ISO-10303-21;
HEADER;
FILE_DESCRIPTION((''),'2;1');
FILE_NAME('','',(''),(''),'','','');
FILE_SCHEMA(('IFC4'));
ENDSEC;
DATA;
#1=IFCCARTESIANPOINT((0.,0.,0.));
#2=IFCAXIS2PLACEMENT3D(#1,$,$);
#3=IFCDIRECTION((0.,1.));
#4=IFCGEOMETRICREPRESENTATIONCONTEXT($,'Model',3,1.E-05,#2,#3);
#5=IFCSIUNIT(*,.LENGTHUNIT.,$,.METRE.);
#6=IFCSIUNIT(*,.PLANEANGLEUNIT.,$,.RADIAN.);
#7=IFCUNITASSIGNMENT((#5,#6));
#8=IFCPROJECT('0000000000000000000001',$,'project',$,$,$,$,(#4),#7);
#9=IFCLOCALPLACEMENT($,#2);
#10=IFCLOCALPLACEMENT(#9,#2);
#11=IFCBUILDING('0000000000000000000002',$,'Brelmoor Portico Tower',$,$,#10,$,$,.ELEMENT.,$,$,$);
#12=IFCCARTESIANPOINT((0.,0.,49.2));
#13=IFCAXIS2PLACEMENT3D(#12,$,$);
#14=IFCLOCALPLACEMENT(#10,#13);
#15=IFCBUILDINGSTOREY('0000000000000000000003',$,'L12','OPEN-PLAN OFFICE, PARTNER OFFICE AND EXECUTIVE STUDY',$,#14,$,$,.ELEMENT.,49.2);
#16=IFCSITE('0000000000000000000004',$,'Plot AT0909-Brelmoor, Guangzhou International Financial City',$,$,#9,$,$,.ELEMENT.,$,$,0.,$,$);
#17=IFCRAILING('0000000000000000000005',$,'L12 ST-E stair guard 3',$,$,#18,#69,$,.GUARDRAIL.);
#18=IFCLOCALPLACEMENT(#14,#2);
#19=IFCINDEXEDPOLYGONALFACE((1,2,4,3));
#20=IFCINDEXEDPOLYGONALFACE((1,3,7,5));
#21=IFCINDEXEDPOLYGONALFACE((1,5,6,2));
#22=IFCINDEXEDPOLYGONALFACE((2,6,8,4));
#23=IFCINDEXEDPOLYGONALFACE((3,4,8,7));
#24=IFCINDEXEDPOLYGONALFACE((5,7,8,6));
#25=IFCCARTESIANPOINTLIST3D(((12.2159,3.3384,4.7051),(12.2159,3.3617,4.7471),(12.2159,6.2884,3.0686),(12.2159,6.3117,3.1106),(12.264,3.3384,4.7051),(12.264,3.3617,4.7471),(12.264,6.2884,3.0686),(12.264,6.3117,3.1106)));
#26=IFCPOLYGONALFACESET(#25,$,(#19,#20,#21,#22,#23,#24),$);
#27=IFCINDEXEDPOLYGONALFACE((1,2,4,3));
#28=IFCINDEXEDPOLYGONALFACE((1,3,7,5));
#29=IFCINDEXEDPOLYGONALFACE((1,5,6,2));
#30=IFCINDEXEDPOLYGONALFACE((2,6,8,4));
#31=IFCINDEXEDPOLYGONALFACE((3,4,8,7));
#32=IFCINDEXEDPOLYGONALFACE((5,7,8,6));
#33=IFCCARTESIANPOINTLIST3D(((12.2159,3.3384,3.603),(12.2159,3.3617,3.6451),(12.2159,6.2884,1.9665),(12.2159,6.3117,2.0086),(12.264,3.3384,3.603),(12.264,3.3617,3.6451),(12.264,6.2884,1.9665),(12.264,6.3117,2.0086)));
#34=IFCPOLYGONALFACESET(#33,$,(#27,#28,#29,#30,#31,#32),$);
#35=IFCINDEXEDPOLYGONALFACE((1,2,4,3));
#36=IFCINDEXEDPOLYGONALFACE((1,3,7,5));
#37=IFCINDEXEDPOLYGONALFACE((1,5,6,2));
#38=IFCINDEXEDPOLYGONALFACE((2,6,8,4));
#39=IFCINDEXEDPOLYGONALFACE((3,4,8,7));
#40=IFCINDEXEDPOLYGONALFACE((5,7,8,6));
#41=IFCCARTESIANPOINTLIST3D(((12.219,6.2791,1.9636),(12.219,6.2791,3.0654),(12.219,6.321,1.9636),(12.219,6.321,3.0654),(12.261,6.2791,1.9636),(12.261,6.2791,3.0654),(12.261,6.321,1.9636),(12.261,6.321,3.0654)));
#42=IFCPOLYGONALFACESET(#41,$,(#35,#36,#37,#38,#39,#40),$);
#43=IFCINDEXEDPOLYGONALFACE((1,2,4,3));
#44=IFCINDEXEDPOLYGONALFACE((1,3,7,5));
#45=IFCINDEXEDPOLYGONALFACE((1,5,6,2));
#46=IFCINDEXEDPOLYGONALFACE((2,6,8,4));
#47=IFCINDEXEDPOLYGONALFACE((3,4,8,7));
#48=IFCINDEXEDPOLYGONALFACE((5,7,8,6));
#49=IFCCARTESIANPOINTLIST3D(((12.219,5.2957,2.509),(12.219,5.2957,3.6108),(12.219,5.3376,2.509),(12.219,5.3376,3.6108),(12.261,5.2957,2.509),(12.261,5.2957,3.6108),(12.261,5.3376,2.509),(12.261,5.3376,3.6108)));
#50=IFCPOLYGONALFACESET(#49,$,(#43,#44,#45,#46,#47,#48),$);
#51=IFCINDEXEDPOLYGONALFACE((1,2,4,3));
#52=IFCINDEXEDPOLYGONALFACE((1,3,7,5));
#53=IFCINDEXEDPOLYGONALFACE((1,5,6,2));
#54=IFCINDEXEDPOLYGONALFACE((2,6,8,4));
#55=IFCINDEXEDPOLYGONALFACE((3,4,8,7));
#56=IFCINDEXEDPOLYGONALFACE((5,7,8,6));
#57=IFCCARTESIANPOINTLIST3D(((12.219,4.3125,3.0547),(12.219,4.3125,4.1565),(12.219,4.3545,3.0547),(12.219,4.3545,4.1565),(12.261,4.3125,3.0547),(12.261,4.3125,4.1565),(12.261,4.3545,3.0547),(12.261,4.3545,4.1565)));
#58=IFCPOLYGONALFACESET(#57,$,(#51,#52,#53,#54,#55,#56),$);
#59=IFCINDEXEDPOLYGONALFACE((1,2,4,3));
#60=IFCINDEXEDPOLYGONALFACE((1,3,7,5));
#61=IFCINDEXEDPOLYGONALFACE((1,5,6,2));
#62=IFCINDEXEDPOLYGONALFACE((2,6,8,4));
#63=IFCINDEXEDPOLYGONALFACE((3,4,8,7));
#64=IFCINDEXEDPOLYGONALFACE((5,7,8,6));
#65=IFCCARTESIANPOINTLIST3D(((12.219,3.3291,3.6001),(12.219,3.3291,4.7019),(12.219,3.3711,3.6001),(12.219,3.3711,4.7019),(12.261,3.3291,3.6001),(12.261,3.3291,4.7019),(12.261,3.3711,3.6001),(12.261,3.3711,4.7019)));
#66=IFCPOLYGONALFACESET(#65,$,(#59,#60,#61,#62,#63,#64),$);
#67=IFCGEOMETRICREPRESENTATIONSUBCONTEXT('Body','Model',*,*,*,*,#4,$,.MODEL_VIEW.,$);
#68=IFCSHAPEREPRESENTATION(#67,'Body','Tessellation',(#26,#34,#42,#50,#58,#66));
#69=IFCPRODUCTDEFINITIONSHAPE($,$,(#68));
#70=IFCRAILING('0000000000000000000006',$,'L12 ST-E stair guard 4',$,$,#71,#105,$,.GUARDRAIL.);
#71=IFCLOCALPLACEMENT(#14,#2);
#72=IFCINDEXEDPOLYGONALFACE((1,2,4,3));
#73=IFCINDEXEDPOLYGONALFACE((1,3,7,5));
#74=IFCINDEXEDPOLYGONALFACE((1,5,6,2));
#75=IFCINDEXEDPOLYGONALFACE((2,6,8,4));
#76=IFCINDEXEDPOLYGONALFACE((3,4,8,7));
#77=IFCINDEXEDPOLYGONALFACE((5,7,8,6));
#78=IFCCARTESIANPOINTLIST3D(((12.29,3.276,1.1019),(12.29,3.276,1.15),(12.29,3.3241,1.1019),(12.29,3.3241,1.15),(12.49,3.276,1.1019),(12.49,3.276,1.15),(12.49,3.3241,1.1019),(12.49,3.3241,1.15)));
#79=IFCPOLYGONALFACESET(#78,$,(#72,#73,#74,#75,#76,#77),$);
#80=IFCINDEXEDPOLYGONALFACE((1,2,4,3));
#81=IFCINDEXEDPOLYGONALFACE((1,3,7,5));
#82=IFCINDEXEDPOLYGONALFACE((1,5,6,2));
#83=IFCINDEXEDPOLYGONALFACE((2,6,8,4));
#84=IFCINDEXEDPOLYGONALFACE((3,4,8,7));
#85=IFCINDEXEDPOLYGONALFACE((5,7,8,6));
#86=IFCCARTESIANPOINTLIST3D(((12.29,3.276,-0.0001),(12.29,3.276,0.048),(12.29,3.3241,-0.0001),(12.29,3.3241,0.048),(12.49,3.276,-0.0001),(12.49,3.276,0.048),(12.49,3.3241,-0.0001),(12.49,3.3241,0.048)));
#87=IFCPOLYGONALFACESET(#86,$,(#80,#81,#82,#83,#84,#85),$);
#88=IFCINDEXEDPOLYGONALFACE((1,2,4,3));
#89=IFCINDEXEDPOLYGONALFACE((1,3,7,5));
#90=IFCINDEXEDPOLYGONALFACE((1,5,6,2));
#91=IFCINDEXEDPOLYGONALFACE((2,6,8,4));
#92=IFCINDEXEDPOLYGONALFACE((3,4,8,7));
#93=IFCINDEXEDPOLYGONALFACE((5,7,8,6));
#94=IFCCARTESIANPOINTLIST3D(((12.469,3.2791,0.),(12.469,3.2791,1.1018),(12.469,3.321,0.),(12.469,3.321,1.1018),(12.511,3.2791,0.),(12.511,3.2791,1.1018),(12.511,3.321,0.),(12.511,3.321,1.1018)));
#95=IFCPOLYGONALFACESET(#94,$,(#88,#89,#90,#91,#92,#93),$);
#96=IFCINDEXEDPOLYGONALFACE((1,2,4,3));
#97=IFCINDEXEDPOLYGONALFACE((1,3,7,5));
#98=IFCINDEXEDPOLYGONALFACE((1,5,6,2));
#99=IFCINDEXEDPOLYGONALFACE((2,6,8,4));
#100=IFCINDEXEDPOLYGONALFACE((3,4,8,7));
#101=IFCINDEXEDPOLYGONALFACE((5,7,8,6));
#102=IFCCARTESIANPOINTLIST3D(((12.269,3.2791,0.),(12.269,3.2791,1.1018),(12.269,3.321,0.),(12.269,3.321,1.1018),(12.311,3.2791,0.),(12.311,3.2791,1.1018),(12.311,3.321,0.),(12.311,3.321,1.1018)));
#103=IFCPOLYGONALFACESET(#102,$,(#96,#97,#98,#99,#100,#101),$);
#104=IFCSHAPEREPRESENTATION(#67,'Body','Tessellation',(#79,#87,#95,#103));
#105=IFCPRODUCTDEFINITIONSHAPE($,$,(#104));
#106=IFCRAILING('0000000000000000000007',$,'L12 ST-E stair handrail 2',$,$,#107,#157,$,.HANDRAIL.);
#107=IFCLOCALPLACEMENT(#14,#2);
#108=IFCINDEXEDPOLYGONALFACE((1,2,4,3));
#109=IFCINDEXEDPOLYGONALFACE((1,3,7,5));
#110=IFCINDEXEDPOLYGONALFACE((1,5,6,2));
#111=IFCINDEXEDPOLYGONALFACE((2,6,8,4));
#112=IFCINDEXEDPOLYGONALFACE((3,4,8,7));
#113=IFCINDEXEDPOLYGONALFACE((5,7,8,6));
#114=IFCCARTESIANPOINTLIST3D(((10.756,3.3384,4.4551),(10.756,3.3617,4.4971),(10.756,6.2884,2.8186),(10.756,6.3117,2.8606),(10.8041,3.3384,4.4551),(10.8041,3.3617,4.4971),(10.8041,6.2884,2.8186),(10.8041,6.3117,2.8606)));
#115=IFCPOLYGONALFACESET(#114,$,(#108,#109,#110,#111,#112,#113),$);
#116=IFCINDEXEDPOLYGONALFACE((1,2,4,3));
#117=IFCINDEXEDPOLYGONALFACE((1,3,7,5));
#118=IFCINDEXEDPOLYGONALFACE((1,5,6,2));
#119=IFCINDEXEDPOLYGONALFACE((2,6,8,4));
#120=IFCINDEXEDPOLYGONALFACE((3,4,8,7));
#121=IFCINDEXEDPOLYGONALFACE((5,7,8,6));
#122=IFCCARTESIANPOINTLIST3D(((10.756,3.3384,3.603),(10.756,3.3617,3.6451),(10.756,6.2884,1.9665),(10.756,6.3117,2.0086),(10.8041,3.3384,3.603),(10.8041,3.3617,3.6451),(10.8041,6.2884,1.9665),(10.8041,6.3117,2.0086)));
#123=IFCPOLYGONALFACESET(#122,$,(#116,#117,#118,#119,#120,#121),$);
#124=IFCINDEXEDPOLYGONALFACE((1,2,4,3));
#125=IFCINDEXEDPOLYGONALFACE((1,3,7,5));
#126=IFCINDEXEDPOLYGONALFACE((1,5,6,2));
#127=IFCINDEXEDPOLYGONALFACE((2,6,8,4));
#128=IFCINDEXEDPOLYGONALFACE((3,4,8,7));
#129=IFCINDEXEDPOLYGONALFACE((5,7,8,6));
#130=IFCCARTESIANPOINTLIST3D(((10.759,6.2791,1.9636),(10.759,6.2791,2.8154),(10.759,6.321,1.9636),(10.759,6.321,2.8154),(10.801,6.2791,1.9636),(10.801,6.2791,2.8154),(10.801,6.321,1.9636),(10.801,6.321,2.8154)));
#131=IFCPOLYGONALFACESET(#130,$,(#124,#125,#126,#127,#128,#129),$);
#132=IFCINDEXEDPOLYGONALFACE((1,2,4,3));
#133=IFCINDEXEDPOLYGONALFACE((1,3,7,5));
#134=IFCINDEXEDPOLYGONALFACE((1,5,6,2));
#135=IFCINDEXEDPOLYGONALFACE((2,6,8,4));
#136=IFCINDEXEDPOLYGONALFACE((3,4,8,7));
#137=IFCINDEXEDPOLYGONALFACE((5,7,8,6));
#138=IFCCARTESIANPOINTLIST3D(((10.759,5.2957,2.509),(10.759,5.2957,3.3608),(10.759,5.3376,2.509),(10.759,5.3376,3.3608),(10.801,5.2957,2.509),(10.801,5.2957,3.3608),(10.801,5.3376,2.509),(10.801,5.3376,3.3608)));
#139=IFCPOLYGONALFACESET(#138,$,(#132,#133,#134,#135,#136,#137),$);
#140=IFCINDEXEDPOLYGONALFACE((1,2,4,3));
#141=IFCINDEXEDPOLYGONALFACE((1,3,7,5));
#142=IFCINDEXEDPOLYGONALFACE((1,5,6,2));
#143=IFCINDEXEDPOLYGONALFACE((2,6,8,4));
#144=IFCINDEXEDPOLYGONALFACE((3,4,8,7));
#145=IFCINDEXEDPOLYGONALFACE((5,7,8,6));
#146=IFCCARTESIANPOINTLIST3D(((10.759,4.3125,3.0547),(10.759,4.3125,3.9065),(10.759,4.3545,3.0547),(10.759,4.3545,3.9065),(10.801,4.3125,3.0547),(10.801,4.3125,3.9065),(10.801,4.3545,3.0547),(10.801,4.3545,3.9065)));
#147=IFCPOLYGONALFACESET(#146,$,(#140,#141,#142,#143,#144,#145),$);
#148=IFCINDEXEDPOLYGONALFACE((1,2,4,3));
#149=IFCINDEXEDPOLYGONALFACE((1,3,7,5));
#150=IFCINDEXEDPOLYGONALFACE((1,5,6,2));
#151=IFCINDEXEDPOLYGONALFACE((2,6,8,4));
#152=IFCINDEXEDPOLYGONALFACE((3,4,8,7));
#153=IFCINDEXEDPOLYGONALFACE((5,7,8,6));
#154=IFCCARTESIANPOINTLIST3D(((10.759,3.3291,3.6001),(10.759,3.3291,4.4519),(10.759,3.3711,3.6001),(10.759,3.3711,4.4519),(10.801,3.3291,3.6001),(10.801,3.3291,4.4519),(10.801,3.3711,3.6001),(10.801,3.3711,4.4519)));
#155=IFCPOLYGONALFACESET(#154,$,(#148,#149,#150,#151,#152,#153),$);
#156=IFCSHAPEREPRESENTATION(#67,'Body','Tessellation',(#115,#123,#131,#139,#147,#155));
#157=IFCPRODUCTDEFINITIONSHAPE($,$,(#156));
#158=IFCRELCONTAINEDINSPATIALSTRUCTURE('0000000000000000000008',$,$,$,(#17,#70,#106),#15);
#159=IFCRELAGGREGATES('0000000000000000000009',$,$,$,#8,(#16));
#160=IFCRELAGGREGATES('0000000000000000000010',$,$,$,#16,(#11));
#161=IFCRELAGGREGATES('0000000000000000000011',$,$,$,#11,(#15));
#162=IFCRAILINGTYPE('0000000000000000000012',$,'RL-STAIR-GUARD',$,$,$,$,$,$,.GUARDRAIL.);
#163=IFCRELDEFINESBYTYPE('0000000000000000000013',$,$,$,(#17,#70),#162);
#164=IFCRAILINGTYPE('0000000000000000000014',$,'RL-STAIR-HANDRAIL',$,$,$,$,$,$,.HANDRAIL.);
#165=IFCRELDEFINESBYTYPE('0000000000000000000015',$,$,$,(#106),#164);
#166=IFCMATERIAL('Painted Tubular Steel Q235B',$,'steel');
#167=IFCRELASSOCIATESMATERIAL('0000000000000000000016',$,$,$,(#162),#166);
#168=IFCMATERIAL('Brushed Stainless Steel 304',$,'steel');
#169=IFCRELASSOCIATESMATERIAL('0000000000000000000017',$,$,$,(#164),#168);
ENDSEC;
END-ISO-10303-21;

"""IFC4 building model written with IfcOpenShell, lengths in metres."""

from ifc_helpers import new_model, si_unit, direction, frame, origin, origin_2d, place, context, subcontext, project, spatial, rectangle, extrude, material, type_object, element, save


model = new_model("IFC4")

# Units and contexts
model_context = context("Model", 3, precision=1e-05, world=origin(), true_north=direction((0.0, 1.0)))
body_context = subcontext(model_context, "Body", "Model", "MODEL_VIEW")
ifc_project = project(units=[si_unit("LENGTHUNIT", "METRE"), si_unit("PLANEANGLEUNIT", "RADIAN")], contexts=[model_context])

# Site, building, storey
site_placement = place(None, origin())
site = spatial("IfcSite", under=ifc_project, at=site_placement, Name="Plot AT0909-Brelmoor, Guangzhou International Financial City", CompositionType="ELEMENT", RefElevation=0.0)
building_placement = place(site_placement, origin())
building = spatial("IfcBuilding", under=site, at=building_placement, Name="Brelmoor Portico Tower", CompositionType="ELEMENT")
storey_placement = place(building_placement, frame((0.0, 0.0, 49.2)))
storey = spatial("IfcBuildingStorey", under=building, at=storey_placement, Name="L12", Description="OPEN-PLAN OFFICE, PARTNER OFFICE AND EXECUTIVE STUDY", CompositionType="ELEMENT", Elevation=49.2)

# Railings
ifc_material_1 = material(Name="Painted Tubular Steel Q235B", Category="steel")
railing_type_1 = type_object("IfcRailingType", Name="RL-STAIR-GUARD", PredefinedType="GUARDRAIL", material=ifc_material_1)
railing_1_placement = place(storey_placement, frame((12.24, 6.3, 1.9636)))
element("IfcRailing", 1, at=railing_1_placement, inside=storey, type_object=railing_type_1, Name="L12 ST-E stair guard 3", PredefinedType="GUARDRAIL", context=body_context, shape_type="SweptSolid", body=[
    extrude(rectangle(XDim=0.0481, YDim=0.0481, at=origin_2d()), frame((0.0, 0.0, 1.126), z_axis=(0.0, -0.874458, 0.485102), x_axis=(1.0, 0.0, 0.0)), (0.0, 0.0, 1.0), 3.3735),
    extrude(rectangle(XDim=0.0481, YDim=0.0481, at=origin_2d()), frame((0.0, 0.0, 0.0239), z_axis=(0.0, -0.874458, 0.485102), x_axis=(1.0, 0.0, 0.0)), (0.0, 0.0, 1.0), 3.3735),
    extrude(rectangle(XDim=0.042, YDim=0.042, at=origin_2d()), origin(), (0.0, 0.0, 1.0), 1.1018),
    extrude(rectangle(XDim=0.042, YDim=0.042, at=origin_2d()), frame((0.0, -0.9834, 0.5454)), (0.0, 0.0, 1.0), 1.1018),
    extrude(rectangle(XDim=0.042, YDim=0.042, at=origin_2d()), frame((0.0, -1.9666, 1.0911)), (0.0, 0.0, 1.0), 1.1018),
    extrude(rectangle(XDim=0.042, YDim=0.042, at=origin_2d()), frame((0.0, -2.95, 1.6365)), (0.0, 0.0, 1.0), 1.1018),
])
railing_2_placement = place(storey_placement, frame((12.49, 3.3, 0.0)))
element("IfcRailing", 2, at=railing_2_placement, inside=storey, type_object=railing_type_1, Name="L12 ST-E stair guard 4", PredefinedType="GUARDRAIL", context=body_context, shape_type="SweptSolid", body=[
    extrude(rectangle(XDim=0.0481, YDim=0.0481, at=origin_2d()), frame((0.0, 0.0, 1.126), z_axis=(-1.0, 0.0, 0.0), x_axis=(0.0, -1.0, 0.0)), (0.0, 0.0, 1.0), 0.2),
    extrude(rectangle(XDim=0.0481, YDim=0.0481, at=origin_2d()), frame((0.0, 0.0, 0.0239), z_axis=(-1.0, 0.0, 0.0), x_axis=(0.0, -1.0, 0.0)), (0.0, 0.0, 1.0), 0.2),
    extrude(rectangle(XDim=0.042, YDim=0.042, at=origin_2d()), origin(), (0.0, 0.0, 1.0), 1.1018),
    extrude(rectangle(XDim=0.042, YDim=0.042, at=origin_2d()), frame((-0.2, 0.0, 0.0)), (0.0, 0.0, 1.0), 1.1018),
])
ifc_material_2 = material(Name="Brushed Stainless Steel 304", Category="steel")
railing_type_2 = type_object("IfcRailingType", Name="RL-STAIR-HANDRAIL", PredefinedType="HANDRAIL", material=ifc_material_2)
railing_3_placement = place(storey_placement, frame((10.78, 6.3, 1.9636)))
element("IfcRailing", 3, at=railing_3_placement, inside=storey, type_object=railing_type_2, Name="L12 ST-E stair handrail 2", PredefinedType="HANDRAIL", context=body_context, shape_type="SweptSolid", body=[
    extrude(rectangle(XDim=0.0481, YDim=0.0481, at=origin_2d()), frame((0.0, 0.0, 0.876), z_axis=(0.0, -0.874458, 0.485102), x_axis=(1.0, 0.0, 0.0)), (0.0, 0.0, 1.0), 3.3735),
    extrude(rectangle(XDim=0.0481, YDim=0.0481, at=origin_2d()), frame((0.0, 0.0, 0.0239), z_axis=(0.0, -0.874458, 0.485102), x_axis=(1.0, 0.0, 0.0)), (0.0, 0.0, 1.0), 3.3735),
    extrude(rectangle(XDim=0.042, YDim=0.042, at=origin_2d()), origin(), (0.0, 0.0, 1.0), 0.8518),
    extrude(rectangle(XDim=0.042, YDim=0.042, at=origin_2d()), frame((0.0, -0.9834, 0.5454)), (0.0, 0.0, 1.0), 0.8518),
    extrude(rectangle(XDim=0.042, YDim=0.042, at=origin_2d()), frame((0.0, -1.9666, 1.0911)), (0.0, 0.0, 1.0), 0.8518),
    extrude(rectangle(XDim=0.042, YDim=0.042, at=origin_2d()), frame((0.0, -2.95, 1.6365)), (0.0, 0.0, 1.0), 0.8518),
])

save(model, "model.ifc")
